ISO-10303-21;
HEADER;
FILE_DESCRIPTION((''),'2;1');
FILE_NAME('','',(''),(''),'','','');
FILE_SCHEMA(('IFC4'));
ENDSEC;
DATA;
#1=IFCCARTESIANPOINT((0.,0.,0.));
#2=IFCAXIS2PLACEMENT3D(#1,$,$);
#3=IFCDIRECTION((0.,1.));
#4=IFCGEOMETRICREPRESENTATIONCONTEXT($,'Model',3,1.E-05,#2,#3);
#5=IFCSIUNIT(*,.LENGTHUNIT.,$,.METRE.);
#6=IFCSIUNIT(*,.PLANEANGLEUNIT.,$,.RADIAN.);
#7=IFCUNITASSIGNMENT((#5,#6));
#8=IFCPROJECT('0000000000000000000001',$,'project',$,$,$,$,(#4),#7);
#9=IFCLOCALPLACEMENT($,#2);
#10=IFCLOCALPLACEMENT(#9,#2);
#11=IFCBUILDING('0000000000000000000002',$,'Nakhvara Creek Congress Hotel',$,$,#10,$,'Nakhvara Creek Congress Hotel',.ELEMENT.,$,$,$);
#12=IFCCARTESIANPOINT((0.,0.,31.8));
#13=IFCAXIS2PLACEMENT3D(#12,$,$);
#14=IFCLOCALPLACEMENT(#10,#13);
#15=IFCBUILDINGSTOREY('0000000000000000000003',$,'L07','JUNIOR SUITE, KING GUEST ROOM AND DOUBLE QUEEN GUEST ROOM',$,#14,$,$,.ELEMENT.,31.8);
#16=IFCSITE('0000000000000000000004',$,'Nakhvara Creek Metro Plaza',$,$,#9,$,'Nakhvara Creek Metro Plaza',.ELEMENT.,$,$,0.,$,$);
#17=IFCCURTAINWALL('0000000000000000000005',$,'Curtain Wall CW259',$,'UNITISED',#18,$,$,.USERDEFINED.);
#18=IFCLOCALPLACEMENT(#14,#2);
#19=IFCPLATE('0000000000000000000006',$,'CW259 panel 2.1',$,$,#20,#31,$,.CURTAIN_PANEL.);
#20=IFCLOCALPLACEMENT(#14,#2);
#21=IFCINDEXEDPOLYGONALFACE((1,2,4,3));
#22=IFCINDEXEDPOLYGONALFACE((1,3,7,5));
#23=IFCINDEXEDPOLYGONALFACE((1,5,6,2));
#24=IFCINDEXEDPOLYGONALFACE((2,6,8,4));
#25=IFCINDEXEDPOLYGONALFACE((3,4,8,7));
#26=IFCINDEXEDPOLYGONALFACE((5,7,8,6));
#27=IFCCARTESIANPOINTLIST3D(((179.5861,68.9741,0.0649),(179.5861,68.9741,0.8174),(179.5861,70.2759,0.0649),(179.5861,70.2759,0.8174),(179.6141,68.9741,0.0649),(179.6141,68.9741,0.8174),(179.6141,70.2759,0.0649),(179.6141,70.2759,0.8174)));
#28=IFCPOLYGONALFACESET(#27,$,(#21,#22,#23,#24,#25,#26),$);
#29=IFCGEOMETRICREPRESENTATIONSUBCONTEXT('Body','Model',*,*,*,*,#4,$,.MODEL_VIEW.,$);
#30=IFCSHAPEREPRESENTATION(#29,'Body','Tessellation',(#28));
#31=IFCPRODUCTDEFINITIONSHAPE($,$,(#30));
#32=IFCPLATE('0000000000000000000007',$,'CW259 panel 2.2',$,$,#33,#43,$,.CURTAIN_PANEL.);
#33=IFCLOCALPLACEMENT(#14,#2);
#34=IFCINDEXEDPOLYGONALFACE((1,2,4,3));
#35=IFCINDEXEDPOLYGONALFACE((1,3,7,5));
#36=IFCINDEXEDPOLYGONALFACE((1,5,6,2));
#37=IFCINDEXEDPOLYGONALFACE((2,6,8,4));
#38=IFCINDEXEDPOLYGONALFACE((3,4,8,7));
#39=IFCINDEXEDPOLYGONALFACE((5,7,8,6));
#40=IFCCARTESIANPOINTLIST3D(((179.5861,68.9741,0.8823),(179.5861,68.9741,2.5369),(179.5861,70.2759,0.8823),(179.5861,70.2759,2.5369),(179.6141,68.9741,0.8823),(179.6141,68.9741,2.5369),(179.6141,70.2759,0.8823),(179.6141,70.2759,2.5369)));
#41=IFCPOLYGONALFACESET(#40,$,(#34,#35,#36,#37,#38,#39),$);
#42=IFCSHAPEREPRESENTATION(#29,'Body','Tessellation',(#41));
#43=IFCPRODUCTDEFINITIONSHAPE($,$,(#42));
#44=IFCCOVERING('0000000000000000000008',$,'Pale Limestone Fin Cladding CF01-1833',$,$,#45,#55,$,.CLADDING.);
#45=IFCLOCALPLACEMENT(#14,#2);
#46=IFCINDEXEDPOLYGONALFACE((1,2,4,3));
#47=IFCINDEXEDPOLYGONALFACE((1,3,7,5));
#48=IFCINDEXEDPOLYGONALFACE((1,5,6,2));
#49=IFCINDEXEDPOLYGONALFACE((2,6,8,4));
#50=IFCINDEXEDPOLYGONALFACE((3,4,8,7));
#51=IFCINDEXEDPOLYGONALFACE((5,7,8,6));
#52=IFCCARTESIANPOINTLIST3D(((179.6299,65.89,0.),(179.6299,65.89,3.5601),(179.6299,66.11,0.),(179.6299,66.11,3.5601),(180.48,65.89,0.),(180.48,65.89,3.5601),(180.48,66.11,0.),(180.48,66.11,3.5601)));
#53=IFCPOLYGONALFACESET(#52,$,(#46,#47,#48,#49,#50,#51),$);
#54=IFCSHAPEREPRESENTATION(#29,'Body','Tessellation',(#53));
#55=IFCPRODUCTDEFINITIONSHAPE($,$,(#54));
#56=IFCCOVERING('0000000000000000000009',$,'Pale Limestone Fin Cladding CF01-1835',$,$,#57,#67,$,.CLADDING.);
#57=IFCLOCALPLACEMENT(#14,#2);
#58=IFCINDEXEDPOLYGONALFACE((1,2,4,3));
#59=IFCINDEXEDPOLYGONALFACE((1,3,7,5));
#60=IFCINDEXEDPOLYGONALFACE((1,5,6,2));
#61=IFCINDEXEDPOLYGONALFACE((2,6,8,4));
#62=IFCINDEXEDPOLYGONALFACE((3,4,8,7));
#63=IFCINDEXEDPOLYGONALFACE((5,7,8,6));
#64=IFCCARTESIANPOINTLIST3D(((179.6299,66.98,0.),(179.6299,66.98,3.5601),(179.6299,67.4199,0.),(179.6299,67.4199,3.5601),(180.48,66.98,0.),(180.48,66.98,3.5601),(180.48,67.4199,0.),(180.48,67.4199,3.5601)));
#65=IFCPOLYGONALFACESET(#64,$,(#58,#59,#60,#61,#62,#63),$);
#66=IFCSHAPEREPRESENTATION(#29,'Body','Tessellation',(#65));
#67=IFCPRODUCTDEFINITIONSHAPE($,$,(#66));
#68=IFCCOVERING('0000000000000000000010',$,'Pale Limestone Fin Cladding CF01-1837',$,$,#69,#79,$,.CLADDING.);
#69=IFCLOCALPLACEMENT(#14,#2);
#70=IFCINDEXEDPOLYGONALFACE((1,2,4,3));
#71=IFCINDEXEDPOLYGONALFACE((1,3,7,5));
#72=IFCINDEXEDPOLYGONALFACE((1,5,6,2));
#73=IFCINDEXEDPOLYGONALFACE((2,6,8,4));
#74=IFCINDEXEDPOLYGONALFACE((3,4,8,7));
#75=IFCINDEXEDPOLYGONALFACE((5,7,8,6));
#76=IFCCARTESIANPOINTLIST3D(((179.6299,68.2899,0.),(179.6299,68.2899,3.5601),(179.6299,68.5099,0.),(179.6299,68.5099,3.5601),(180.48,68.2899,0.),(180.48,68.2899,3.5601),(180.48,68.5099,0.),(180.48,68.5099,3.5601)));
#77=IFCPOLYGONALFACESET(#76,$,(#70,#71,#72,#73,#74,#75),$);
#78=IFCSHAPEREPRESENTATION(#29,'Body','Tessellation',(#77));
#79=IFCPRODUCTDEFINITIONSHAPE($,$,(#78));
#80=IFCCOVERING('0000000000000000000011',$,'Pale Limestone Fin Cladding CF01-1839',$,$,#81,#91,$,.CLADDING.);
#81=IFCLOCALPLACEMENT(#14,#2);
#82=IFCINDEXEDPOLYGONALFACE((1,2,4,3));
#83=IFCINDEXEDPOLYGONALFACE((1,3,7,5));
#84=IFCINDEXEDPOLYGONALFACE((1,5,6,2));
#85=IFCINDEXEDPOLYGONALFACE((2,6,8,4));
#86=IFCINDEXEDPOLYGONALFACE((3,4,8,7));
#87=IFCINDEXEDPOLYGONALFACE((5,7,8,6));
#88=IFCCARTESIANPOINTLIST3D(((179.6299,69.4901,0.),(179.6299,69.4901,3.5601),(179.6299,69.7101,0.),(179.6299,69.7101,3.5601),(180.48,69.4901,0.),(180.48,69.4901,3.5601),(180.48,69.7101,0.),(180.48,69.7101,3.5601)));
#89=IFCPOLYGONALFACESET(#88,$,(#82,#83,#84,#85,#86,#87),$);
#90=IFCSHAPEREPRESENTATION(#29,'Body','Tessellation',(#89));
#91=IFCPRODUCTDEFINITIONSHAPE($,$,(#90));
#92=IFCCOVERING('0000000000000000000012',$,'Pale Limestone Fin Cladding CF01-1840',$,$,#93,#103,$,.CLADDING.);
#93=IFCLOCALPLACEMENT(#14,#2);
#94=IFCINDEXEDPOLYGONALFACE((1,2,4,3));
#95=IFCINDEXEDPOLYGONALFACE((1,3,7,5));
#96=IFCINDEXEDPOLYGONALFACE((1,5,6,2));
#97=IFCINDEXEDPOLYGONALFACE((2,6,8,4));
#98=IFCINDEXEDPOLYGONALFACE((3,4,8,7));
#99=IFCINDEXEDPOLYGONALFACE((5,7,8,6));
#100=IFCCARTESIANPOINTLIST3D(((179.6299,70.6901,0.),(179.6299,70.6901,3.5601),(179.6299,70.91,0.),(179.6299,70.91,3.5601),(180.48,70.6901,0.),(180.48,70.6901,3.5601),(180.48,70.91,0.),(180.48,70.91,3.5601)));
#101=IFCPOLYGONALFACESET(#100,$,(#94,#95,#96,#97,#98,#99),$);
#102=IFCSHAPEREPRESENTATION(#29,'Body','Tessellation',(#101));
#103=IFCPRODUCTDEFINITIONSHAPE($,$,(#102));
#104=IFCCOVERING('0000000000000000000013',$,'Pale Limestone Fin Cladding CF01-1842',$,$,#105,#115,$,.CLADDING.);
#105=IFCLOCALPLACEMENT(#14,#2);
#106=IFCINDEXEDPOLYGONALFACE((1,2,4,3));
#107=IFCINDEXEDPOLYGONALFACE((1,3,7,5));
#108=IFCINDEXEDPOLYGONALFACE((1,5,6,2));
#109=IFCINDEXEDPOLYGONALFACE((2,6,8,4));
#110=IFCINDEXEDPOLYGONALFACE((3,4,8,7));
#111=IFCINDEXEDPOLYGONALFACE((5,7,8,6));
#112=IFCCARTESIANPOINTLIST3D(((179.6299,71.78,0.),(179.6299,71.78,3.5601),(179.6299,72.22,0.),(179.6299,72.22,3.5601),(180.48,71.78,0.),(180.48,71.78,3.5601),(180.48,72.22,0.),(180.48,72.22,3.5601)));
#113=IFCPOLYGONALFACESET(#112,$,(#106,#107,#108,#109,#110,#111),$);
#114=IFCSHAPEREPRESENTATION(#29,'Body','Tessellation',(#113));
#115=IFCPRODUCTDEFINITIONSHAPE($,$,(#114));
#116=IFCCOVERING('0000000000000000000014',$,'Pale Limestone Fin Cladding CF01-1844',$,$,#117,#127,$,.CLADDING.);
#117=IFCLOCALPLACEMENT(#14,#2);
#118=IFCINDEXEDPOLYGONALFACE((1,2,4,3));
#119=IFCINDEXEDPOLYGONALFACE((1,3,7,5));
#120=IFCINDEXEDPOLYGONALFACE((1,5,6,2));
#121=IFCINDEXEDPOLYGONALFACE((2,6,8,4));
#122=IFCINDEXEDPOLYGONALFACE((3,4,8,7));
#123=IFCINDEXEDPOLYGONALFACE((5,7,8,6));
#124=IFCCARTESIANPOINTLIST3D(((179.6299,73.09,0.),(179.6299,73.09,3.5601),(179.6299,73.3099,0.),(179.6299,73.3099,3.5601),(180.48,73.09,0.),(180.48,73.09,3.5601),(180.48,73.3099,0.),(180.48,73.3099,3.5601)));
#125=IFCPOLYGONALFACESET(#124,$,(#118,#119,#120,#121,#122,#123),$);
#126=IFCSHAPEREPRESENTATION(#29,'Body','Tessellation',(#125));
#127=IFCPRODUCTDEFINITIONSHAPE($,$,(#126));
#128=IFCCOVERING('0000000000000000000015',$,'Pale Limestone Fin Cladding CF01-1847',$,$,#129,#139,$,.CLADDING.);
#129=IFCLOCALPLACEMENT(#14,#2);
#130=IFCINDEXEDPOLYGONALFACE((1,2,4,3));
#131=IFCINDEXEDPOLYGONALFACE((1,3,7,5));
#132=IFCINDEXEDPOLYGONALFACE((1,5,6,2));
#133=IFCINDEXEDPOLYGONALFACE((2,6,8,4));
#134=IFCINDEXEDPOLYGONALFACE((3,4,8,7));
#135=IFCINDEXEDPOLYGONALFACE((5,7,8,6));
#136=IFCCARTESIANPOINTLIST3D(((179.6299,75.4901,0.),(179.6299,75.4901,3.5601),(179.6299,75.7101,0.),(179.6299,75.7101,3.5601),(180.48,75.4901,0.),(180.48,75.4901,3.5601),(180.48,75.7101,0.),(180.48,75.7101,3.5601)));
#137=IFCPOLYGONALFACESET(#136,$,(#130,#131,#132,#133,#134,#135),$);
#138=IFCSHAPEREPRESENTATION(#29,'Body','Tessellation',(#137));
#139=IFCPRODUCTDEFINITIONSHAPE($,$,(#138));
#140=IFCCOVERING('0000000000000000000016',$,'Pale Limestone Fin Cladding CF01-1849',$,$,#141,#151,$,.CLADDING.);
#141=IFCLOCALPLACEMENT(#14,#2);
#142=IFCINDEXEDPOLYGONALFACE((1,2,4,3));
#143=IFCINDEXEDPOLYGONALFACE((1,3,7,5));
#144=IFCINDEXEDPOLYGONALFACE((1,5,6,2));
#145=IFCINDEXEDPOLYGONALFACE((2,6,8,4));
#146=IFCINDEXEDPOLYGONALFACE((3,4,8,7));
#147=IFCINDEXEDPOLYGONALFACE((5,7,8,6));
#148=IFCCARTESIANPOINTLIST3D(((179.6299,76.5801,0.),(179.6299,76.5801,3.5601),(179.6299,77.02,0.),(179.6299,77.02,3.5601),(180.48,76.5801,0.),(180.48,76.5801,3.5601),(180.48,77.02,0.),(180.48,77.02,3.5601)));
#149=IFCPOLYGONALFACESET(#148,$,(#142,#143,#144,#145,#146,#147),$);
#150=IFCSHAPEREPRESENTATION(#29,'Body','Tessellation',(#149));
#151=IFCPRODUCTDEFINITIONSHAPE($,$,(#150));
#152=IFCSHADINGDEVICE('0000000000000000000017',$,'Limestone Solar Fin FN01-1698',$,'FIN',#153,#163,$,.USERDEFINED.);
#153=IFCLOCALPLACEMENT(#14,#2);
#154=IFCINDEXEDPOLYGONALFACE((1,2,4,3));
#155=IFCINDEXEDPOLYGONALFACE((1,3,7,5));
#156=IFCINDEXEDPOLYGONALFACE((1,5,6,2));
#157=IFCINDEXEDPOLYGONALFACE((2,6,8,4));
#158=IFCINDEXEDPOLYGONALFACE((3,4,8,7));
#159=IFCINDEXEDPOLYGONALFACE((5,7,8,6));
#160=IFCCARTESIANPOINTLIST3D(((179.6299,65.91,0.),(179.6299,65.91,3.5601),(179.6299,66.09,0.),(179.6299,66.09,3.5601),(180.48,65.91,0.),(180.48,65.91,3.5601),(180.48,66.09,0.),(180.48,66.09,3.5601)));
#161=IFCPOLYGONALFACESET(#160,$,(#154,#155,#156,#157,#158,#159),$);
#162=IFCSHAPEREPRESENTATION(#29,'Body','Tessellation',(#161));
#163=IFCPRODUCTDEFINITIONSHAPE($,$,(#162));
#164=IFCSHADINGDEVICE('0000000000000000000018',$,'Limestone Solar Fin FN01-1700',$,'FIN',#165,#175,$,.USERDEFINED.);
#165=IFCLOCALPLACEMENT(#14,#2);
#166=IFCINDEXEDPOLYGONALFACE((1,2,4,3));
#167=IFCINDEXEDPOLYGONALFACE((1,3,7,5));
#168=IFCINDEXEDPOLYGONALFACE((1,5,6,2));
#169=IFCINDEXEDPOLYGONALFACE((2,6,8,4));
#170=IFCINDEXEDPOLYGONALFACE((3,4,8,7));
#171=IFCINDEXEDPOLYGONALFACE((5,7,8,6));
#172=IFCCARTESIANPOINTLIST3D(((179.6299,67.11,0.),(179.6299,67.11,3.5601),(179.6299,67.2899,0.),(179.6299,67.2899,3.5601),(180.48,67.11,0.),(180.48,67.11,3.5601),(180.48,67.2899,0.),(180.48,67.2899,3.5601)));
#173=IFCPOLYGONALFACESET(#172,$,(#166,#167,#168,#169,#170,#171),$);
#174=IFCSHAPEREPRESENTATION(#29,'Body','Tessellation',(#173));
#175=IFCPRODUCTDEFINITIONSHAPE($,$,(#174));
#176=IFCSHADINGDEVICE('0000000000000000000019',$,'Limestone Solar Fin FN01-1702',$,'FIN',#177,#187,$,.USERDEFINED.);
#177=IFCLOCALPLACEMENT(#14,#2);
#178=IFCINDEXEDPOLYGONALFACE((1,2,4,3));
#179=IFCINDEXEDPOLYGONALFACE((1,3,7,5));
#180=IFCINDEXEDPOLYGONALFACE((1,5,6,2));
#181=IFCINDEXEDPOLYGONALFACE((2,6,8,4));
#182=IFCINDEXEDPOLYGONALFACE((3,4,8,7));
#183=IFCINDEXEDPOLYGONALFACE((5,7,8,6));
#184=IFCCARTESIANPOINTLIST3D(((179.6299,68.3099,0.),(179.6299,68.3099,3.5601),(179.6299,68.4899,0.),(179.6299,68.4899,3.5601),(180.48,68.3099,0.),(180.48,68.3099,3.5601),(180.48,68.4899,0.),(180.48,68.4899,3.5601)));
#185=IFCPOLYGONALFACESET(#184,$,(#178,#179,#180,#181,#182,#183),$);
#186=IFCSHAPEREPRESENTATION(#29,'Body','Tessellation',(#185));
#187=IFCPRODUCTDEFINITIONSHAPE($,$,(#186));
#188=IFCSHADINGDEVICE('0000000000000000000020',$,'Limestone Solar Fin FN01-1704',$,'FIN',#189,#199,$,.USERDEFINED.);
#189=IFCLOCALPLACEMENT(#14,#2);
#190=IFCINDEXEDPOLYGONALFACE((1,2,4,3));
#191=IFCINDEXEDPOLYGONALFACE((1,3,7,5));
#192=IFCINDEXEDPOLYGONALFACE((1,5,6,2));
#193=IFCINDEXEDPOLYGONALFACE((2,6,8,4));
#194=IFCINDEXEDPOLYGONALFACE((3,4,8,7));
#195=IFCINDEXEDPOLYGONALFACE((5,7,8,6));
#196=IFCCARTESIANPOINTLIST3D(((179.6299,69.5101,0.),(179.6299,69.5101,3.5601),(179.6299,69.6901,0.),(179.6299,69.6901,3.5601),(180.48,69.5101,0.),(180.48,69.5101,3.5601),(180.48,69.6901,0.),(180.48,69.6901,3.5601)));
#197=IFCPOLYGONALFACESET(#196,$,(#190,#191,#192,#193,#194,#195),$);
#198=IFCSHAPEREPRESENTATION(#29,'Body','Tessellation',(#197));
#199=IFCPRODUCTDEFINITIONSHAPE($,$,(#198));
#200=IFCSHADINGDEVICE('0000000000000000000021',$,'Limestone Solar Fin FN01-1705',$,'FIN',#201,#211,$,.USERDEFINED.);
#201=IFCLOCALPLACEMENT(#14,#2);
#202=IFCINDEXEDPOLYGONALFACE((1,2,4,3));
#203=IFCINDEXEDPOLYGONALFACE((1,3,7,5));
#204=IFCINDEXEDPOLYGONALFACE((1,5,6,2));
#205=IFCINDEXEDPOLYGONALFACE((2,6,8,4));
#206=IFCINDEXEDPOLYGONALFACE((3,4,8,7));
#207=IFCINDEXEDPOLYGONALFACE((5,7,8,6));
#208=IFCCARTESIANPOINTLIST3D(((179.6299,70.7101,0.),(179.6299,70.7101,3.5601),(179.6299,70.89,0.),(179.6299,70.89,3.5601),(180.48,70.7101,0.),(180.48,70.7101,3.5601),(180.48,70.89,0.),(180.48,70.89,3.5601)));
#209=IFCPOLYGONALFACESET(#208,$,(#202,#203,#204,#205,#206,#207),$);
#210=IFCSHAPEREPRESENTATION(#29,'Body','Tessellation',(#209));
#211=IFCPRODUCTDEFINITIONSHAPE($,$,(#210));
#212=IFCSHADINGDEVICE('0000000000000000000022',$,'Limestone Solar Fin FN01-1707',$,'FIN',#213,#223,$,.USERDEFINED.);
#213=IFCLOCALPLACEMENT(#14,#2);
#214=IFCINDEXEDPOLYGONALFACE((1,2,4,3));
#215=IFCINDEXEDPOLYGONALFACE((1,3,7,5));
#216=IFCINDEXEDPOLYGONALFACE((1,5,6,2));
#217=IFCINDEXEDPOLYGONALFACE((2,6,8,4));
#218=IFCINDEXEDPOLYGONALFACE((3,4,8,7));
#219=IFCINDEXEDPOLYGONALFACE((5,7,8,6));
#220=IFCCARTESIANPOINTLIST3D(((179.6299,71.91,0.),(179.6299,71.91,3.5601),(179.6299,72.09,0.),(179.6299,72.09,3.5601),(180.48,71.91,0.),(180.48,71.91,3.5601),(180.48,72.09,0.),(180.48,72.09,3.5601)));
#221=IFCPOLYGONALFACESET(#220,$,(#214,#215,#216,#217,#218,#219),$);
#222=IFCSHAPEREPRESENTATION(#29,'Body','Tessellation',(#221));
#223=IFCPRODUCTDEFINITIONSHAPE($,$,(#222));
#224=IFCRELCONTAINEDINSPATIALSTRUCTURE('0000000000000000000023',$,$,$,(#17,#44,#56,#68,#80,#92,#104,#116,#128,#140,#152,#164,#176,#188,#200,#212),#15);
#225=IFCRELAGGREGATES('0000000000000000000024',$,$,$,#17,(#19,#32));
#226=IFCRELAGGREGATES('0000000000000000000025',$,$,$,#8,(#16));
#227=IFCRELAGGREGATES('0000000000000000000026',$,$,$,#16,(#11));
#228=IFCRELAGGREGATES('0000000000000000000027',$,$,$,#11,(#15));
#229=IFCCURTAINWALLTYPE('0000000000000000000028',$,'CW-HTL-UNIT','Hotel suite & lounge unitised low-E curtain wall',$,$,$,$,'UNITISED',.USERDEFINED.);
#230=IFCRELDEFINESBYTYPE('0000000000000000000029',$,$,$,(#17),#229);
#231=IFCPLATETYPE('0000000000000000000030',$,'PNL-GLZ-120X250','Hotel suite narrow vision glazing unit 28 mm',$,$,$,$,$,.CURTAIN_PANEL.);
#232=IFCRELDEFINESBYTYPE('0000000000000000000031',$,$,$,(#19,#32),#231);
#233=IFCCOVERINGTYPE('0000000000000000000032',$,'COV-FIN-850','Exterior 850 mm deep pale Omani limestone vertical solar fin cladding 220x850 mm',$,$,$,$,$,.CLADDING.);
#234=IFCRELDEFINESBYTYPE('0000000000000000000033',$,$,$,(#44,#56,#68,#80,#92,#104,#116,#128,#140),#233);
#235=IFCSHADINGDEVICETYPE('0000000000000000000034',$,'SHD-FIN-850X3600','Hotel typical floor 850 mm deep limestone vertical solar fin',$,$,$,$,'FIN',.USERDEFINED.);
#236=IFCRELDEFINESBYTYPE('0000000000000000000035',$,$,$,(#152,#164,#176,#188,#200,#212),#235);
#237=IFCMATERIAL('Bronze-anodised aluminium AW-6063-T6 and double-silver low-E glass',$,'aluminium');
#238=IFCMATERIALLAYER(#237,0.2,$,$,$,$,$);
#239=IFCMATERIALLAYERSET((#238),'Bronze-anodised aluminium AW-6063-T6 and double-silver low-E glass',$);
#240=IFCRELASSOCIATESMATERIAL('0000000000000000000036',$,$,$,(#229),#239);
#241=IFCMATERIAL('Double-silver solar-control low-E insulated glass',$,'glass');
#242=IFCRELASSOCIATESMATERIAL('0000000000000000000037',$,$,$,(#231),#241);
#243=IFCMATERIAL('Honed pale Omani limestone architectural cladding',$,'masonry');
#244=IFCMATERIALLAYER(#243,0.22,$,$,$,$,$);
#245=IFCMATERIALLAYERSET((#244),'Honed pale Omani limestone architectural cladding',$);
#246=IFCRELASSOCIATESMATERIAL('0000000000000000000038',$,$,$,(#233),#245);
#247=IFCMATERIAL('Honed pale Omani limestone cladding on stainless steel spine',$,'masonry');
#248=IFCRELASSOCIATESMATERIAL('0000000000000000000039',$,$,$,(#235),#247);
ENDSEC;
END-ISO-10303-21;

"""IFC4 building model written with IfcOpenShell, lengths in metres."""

from ifc_helpers import new_model, si_unit, direction, frame, origin, origin_2d, place, context, subcontext, project, spatial, rectangle, extrude, material, layer, layer_set, type_object, element, aggregate, save


model = new_model("IFC4")

# Units and contexts
model_context = context("Model", 3, precision=1e-05, world=origin(), true_north=direction((0.0, 1.0)))
body_context = subcontext(model_context, "Body", "Model", "MODEL_VIEW")
ifc_project = project(units=[si_unit("LENGTHUNIT", "METRE"), si_unit("PLANEANGLEUNIT", "RADIAN")], contexts=[model_context])

# Site, building, storey
site_placement = place(None, origin())
site = spatial("IfcSite", under=ifc_project, at=site_placement, Name="Nakhvara Creek Metro Plaza", LongName="Nakhvara Creek Metro Plaza", CompositionType="ELEMENT", RefElevation=0.0)
building_placement = place(site_placement, origin())
building = spatial("IfcBuilding", under=site, at=building_placement, Name="Nakhvara Creek Congress Hotel", LongName="Nakhvara Creek Congress Hotel", CompositionType="ELEMENT")
storey_placement = place(building_placement, frame((0.0, 0.0, 31.8)))
storey = spatial("IfcBuildingStorey", under=building, at=storey_placement, Name="L07", Description="JUNIOR SUITE, KING GUEST ROOM AND DOUBLE QUEEN GUEST ROOM", CompositionType="ELEMENT", Elevation=31.8)

# Curtain wall, plates
ifc_material_1 = material(Name="Bronze-anodised aluminium AW-6063-T6 and double-silver low-E glass", Category="aluminium")
ifc_layer_1 = layer(ifc_material_1, 0.2)
ifc_layer_set_1 = layer_set([ifc_layer_1], Name="Bronze-anodised aluminium AW-6063-T6 and double-silver low-E glass")
curtain_wall_type = type_object("IfcCurtainWallType", Name="CW-HTL-UNIT", Description="Hotel suite & lounge unitised low-E curtain wall", ElementType="UNITISED", PredefinedType="USERDEFINED", material=ifc_layer_set_1)
curtain_wall_placement = place(storey_placement, origin())
curtain_wall = element("IfcCurtainWall", 1, at=curtain_wall_placement, inside=storey, type_object=curtain_wall_type, Name="Curtain Wall CW259", ObjectType="UNITISED", PredefinedType="USERDEFINED")
ifc_material_2 = material(Name="Double-silver solar-control low-E insulated glass", Category="glass")
plate_type = type_object("IfcPlateType", Name="PNL-GLZ-120X250", Description="Hotel suite narrow vision glazing unit 28 mm", PredefinedType="CURTAIN_PANEL", material=ifc_material_2)
plate_1_placement = place(storey_placement, frame((179.6001, 69.625, 0.0649), z_axis=(0.0, 0.0, 1.0), x_axis=(0.0, -1.0, 0.0)))
plate_1 = element("IfcPlate", 2, at=plate_1_placement, type_object=plate_type, Name="CW259 panel 2.1", PredefinedType="CURTAIN_PANEL", context=body_context, shape_type="SweptSolid", body=[
    extrude(rectangle(XDim=1.3018, YDim=0.0281, at=origin_2d()), origin(), (0.0, 0.0, 1.0), 0.7524),
])
plate_2_placement = place(storey_placement, frame((179.6001, 69.625, 0.8823), z_axis=(0.0, 0.0, 1.0), x_axis=(0.0, -1.0, 0.0)))
plate_2 = element("IfcPlate", 3, at=plate_2_placement, type_object=plate_type, Name="CW259 panel 2.2", PredefinedType="CURTAIN_PANEL", context=body_context, shape_type="SweptSolid", body=[
    extrude(rectangle(XDim=1.3018, YDim=0.0281, at=origin_2d()), origin(), (0.0, 0.0, 1.0), 1.6545),
])
aggregate(curtain_wall, [plate_1, plate_2])

# Coverings
ifc_material_3 = material(Name="Honed pale Omani limestone architectural cladding", Category="masonry")
ifc_layer_2 = layer(ifc_material_3, 0.22)
ifc_layer_set_2 = layer_set([ifc_layer_2], Name="Honed pale Omani limestone architectural cladding")
covering_type = type_object("IfcCoveringType", Name="COV-FIN-850", Description="Exterior 850 mm deep pale Omani limestone vertical solar fin cladding 220x850 mm", PredefinedType="CLADDING", material=ifc_layer_set_2)
covering_1_placement = place(storey_placement, frame((180.0549, 66.0, 0.0), z_axis=(0.0, 0.0, 1.0), x_axis=(0.0, 1.0, 0.0)))
element("IfcCovering", 4, at=covering_1_placement, inside=storey, type_object=covering_type, Name="Pale Limestone Fin Cladding CF01-1833", PredefinedType="CLADDING", context=body_context, shape_type="SweptSolid", body=[
    extrude(rectangle(XDim=0.22, YDim=0.8501, at=origin_2d()), origin(), (0.0, 0.0, 1.0), 3.5601),
])
covering_2_placement = place(storey_placement, frame((180.0549, 67.2, 0.0), z_axis=(0.0, 0.0, 1.0), x_axis=(0.0, 1.0, 0.0)))
element("IfcCovering", 5, at=covering_2_placement, inside=storey, type_object=covering_type, Name="Pale Limestone Fin Cladding CF01-1835", PredefinedType="CLADDING", context=body_context, shape_type="SweptSolid", body=[
    extrude(rectangle(XDim=0.4399, YDim=0.8501, at=origin_2d()), origin(), (0.0, 0.0, 1.0), 3.5601),
])
for number, where, z_axis, x_axis, name in (
    (6, (180.0549, 68.3999, 0.0), (0.0, 0.0, 1.0), (0.0, 1.0, 0.0), "Pale Limestone Fin Cladding CF01-1837"),
    (7, (180.0549, 69.6001, 0.0), (0.0, 0.0, 1.0), (0.0, 1.0, 0.0), "Pale Limestone Fin Cladding CF01-1839"),
    (8, (180.0549, 70.8, 0.0), (0.0, 0.0, 1.0), (0.0, 1.0, 0.0), "Pale Limestone Fin Cladding CF01-1840"),
):
    element("IfcCovering", number, at=place(storey_placement, frame(where, z_axis=z_axis, x_axis=x_axis)), inside=storey, type_object=covering_type, Name=name, PredefinedType="CLADDING", context=body_context, shape_type="SweptSolid", body=[
        extrude(rectangle(XDim=0.22, YDim=0.8501, at=origin_2d()), origin(), (0.0, 0.0, 1.0), 3.5601),
    ])
covering_3_placement = place(storey_placement, frame((180.0549, 72.0, 0.0), z_axis=(0.0, 0.0, 1.0), x_axis=(0.0, 1.0, 0.0)))
element("IfcCovering", 9, at=covering_3_placement, inside=storey, type_object=covering_type, Name="Pale Limestone Fin Cladding CF01-1842", PredefinedType="CLADDING", context=body_context, shape_type="SweptSolid", body=[
    extrude(rectangle(XDim=0.4399, YDim=0.8501, at=origin_2d()), origin(), (0.0, 0.0, 1.0), 3.5601),
])
for number, where, z_axis, x_axis, name in (
    (10, (180.0549, 73.2, 0.0), (0.0, 0.0, 1.0), (0.0, 1.0, 0.0), "Pale Limestone Fin Cladding CF01-1844"),
    (11, (180.0549, 75.6001, 0.0), (0.0, 0.0, 1.0), (0.0, 1.0, 0.0), "Pale Limestone Fin Cladding CF01-1847"),
):
    element("IfcCovering", number, at=place(storey_placement, frame(where, z_axis=z_axis, x_axis=x_axis)), inside=storey, type_object=covering_type, Name=name, PredefinedType="CLADDING", context=body_context, shape_type="SweptSolid", body=[
        extrude(rectangle(XDim=0.22, YDim=0.8501, at=origin_2d()), origin(), (0.0, 0.0, 1.0), 3.5601),
    ])
covering_4_placement = place(storey_placement, frame((180.0549, 76.8, 0.0), z_axis=(0.0, 0.0, 1.0), x_axis=(0.0, 1.0, 0.0)))
element("IfcCovering", 12, at=covering_4_placement, inside=storey, type_object=covering_type, Name="Pale Limestone Fin Cladding CF01-1849", PredefinedType="CLADDING", context=body_context, shape_type="SweptSolid", body=[
    extrude(rectangle(XDim=0.4399, YDim=0.8501, at=origin_2d()), origin(), (0.0, 0.0, 1.0), 3.5601),
])

# Shading devices
ifc_material_4 = material(Name="Honed pale Omani limestone cladding on stainless steel spine", Category="masonry")
shading_device_type = type_object("IfcShadingDeviceType", Name="SHD-FIN-850X3600", Description="Hotel typical floor 850 mm deep limestone vertical solar fin", ElementType="FIN", PredefinedType="USERDEFINED", material=ifc_material_4)
for number, where, z_axis, x_axis, name in (
    (13, (180.0549, 66.0, 0.0), (0.0, 0.0, 1.0), (0.0, 1.0, 0.0), "Limestone Solar Fin FN01-1698"),
    (14, (180.0549, 67.2, 0.0), (0.0, 0.0, 1.0), (0.0, 1.0, 0.0), "Limestone Solar Fin FN01-1700"),
    (15, (180.0549, 68.3999, 0.0), (0.0, 0.0, 1.0), (0.0, 1.0, 0.0), "Limestone Solar Fin FN01-1702"),
    (16, (180.0549, 69.6001, 0.0), (0.0, 0.0, 1.0), (0.0, 1.0, 0.0), "Limestone Solar Fin FN01-1704"),
    (17, (180.0549, 70.8, 0.0), (0.0, 0.0, 1.0), (0.0, 1.0, 0.0), "Limestone Solar Fin FN01-1705"),
    (18, (180.0549, 72.0, 0.0), (0.0, 0.0, 1.0), (0.0, 1.0, 0.0), "Limestone Solar Fin FN01-1707"),
):
    element("IfcShadingDevice", number, at=place(storey_placement, frame(where, z_axis=z_axis, x_axis=x_axis)), inside=storey, type_object=shading_device_type, Name=name, ObjectType="FIN", PredefinedType="USERDEFINED", context=body_context, shape_type="SweptSolid", body=[
        extrude(rectangle(XDim=0.1799, YDim=0.8501, at=origin_2d()), origin(), (0.0, 0.0, 1.0), 3.5601),
    ])

save(model, "model.ifc")
